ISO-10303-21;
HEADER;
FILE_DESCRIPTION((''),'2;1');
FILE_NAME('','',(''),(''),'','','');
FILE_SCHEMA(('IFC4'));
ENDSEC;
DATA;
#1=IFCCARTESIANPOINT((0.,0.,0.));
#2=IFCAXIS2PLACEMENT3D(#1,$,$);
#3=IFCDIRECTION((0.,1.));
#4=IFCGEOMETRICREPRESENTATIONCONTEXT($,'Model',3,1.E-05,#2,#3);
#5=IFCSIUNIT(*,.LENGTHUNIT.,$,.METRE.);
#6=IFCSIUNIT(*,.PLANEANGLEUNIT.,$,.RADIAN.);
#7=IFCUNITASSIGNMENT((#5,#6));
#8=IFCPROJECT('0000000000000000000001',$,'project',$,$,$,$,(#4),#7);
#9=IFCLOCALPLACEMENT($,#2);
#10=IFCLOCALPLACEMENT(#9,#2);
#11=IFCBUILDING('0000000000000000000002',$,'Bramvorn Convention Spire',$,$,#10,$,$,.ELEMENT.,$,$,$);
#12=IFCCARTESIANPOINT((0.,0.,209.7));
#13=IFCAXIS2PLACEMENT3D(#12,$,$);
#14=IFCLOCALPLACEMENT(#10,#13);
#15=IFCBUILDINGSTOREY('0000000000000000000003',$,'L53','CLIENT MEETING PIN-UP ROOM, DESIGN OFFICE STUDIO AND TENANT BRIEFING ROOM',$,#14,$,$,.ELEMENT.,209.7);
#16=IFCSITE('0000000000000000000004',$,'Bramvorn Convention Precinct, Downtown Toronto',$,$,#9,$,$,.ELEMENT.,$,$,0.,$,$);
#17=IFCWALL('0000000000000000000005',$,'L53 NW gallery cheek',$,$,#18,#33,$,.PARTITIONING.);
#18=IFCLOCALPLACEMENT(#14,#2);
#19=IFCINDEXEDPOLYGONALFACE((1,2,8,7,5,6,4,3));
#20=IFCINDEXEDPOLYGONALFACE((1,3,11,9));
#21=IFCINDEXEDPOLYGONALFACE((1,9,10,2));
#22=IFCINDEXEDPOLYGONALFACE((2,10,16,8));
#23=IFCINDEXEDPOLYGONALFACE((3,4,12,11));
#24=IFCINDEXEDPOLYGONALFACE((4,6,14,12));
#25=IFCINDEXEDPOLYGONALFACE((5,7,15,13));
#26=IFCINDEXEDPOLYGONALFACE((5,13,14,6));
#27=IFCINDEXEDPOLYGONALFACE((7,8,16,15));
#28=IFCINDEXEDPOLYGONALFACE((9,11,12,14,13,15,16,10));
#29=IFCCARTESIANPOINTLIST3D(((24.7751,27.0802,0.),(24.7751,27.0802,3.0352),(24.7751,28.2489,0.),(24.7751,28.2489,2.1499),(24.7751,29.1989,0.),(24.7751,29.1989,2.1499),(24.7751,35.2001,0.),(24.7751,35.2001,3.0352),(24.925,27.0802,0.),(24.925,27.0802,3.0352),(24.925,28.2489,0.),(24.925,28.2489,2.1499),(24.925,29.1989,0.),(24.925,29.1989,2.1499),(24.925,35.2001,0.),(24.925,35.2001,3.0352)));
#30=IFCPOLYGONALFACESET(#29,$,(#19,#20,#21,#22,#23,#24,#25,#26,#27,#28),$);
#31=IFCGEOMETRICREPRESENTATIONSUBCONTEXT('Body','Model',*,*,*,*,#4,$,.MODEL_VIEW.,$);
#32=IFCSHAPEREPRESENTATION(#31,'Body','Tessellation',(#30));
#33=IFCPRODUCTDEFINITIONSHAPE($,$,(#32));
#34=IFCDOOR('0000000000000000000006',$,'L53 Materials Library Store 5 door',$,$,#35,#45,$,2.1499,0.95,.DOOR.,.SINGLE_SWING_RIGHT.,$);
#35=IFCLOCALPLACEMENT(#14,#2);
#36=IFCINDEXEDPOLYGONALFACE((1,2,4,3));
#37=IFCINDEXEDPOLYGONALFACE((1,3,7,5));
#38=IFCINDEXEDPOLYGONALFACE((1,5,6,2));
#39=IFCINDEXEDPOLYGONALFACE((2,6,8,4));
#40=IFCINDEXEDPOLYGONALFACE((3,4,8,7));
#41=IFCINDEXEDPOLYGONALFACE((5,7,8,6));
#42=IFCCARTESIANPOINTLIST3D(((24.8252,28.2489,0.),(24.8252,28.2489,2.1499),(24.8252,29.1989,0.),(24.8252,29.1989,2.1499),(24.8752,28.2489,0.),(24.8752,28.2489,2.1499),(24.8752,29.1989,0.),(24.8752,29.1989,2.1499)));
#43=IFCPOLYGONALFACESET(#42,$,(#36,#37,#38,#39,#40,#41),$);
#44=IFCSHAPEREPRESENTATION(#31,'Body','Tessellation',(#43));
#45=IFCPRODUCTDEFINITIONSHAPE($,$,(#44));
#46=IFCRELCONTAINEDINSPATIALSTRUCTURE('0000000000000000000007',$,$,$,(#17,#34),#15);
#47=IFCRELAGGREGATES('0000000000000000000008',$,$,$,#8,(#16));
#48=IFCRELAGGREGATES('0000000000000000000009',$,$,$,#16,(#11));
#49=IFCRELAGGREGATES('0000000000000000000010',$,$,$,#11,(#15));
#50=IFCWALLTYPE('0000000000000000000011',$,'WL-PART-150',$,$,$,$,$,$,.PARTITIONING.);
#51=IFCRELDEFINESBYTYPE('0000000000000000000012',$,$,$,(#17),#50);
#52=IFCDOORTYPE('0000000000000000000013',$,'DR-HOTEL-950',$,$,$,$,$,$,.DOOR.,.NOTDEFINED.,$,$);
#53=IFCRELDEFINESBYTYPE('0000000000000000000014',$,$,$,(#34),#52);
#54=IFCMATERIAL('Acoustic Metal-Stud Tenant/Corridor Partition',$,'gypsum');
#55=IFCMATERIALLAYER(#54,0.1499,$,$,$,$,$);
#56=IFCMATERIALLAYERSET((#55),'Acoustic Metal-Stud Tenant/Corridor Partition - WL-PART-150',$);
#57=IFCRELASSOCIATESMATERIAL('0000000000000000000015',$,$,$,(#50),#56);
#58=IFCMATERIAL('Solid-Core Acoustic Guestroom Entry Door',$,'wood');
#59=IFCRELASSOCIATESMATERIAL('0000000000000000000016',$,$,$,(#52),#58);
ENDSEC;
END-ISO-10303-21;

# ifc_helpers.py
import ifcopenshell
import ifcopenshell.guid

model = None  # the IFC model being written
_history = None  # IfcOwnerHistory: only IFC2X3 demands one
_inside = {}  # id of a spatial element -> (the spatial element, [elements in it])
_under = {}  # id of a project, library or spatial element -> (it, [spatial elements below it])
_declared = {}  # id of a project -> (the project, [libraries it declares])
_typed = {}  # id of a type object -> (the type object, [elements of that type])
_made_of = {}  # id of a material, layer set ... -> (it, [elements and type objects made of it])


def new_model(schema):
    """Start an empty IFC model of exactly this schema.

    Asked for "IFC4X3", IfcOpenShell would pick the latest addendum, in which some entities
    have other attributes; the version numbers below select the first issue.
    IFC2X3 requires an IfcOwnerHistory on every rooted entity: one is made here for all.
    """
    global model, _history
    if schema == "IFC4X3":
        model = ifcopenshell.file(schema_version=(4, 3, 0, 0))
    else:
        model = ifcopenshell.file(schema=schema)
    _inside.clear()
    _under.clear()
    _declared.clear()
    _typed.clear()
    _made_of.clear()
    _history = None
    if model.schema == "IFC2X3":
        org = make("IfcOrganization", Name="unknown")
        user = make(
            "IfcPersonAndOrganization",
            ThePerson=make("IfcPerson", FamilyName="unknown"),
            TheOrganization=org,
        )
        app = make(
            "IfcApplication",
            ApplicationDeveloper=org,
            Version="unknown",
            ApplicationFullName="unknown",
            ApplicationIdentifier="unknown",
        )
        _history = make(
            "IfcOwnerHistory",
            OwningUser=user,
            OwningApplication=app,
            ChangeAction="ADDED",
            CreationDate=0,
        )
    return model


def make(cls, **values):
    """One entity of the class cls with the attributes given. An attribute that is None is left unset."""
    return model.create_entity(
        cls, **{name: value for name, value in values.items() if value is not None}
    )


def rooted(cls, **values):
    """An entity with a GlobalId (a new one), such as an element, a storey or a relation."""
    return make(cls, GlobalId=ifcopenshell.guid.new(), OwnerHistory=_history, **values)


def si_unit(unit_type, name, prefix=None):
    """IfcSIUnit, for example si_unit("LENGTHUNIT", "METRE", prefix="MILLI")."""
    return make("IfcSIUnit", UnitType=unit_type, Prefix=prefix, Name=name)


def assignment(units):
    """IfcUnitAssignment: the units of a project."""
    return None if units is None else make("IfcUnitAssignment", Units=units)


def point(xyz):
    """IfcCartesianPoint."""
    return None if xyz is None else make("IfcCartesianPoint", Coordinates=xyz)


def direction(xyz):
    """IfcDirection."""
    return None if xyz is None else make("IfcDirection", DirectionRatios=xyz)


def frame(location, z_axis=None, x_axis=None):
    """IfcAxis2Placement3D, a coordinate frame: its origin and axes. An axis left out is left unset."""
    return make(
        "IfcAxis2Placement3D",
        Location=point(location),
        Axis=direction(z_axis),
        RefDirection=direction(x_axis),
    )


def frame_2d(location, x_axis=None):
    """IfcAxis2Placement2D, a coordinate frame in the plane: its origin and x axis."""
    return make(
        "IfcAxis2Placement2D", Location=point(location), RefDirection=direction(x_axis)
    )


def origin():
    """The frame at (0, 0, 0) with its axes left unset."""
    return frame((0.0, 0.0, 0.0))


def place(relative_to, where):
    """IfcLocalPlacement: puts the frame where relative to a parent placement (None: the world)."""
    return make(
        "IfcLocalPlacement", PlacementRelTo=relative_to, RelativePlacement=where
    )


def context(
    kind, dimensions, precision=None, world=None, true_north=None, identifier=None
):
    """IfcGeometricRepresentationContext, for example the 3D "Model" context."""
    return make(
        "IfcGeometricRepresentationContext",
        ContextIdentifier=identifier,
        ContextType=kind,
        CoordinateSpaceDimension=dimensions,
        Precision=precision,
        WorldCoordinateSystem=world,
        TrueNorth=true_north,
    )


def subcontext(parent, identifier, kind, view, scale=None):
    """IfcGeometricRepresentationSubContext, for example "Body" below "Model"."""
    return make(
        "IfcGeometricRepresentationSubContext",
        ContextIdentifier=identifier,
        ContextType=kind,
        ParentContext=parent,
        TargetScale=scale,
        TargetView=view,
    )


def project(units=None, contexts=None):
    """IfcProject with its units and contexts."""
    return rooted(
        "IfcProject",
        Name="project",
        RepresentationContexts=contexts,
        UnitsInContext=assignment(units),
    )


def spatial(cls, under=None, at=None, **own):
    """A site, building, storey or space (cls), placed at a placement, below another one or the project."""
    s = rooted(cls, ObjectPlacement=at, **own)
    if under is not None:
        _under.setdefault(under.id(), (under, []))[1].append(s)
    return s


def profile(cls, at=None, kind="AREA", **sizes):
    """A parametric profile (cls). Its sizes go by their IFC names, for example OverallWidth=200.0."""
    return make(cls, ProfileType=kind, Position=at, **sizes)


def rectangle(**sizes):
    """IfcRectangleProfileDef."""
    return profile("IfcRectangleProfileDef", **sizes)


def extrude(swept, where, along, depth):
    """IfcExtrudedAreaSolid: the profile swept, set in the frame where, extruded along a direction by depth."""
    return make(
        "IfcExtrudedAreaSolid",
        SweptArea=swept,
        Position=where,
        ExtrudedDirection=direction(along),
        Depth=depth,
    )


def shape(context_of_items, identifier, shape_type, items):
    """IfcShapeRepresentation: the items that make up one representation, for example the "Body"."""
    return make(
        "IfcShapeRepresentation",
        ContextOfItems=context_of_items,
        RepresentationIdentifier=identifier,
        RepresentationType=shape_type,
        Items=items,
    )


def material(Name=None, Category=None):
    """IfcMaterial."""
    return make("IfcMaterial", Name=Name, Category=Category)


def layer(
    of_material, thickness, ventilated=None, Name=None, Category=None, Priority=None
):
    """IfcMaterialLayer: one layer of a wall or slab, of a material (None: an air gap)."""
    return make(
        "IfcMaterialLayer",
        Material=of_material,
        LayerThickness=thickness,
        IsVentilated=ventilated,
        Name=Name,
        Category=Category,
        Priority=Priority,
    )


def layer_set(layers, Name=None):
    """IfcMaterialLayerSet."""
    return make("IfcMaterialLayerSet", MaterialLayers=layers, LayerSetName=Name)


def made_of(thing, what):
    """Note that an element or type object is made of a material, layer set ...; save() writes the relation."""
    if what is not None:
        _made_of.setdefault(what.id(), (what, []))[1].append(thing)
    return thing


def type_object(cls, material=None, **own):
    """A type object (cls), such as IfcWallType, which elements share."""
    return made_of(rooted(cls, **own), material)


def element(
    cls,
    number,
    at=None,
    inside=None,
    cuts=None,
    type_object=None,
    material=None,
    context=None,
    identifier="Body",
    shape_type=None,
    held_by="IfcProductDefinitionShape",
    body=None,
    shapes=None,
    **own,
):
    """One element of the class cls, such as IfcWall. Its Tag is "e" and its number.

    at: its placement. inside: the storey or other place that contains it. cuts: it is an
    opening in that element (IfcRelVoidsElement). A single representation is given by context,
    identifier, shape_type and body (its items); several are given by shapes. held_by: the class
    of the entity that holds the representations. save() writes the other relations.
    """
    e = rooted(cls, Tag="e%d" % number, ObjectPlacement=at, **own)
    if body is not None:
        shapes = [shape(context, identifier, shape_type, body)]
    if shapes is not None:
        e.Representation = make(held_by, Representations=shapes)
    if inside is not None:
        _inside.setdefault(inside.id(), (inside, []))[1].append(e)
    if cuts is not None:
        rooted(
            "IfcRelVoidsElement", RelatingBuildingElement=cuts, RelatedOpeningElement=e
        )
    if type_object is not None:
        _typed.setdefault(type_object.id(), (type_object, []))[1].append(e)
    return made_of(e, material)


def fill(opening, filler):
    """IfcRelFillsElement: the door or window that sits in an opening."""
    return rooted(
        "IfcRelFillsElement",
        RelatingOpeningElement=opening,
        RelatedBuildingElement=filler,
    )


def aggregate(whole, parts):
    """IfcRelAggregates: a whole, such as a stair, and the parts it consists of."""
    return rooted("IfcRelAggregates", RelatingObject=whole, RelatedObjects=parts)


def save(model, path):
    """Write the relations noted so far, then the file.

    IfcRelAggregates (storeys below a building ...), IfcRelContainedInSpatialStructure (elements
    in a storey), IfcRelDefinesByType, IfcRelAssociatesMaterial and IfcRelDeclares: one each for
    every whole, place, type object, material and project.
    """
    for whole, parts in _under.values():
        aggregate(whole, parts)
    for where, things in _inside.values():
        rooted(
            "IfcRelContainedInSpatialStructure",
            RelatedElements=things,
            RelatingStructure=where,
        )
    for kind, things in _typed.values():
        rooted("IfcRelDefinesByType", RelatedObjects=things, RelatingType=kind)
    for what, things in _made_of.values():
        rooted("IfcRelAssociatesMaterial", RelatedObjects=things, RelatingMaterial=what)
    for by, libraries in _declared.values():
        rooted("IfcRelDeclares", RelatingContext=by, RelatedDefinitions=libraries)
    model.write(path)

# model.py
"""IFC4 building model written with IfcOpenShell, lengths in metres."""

from ifc_helpers import new_model, si_unit, direction, frame, frame_2d, origin, place, context, subcontext, project, spatial, rectangle, extrude, material, layer, layer_set, type_object, element, fill, save


model = new_model("IFC4")

# Units and contexts
model_context = context("Model", 3, precision=1e-05, world=origin(), true_north=direction((0.0, 1.0)))
body_context = subcontext(model_context, "Body", "Model", "MODEL_VIEW")
ifc_project = project(units=[si_unit("LENGTHUNIT", "METRE"), si_unit("PLANEANGLEUNIT", "RADIAN")], contexts=[model_context])

# Site, building, storey
site_placement = place(None, origin())
site = spatial("IfcSite", under=ifc_project, at=site_placement, Name="Bramvorn Convention Precinct, Downtown Toronto", CompositionType="ELEMENT", RefElevation=0.0)
building_placement = place(site_placement, origin())
building = spatial("IfcBuilding", under=site, at=building_placement, Name="Bramvorn Convention Spire", CompositionType="ELEMENT")
storey_placement = place(building_placement, frame((0.0, 0.0, 209.7)))
storey = spatial("IfcBuildingStorey", under=building, at=storey_placement, Name="L53", Description="CLIENT MEETING PIN-UP ROOM, DESIGN OFFICE STUDIO AND TENANT BRIEFING ROOM", CompositionType="ELEMENT", Elevation=209.7)

# Shared definitions
ifc_material_1 = material(Name="Acoustic Metal-Stud Tenant/Corridor Partition", Category="gypsum")
ifc_layer_1 = layer(ifc_material_1, 0.1499)
ifc_layer_set_1 = layer_set([ifc_layer_1], Name="Acoustic Metal-Stud Tenant/Corridor Partition - WL-PART-150")
wall_type_1 = type_object("IfcWallType", Name="WL-PART-150", PredefinedType="PARTITIONING", material=ifc_layer_set_1)
ifc_material_2 = material(Name="Solid-Core Acoustic Guestroom Entry Door", Category="wood")
door_type_1 = type_object("IfcDoorType", Name="DR-HOTEL-950", OperationType="NOTDEFINED", PredefinedType="DOOR", material=ifc_material_2)

# Wall, opening, door
wall_1_placement = place(storey_placement, frame((24.8501, 27.0801, 0.0), z_axis=(0.0, 0.0, 1.0), x_axis=(0.0, 1.0, 0.0)))
wall_1 = element("IfcWall", 1, at=wall_1_placement, inside=storey, type_object=wall_type_1, Name="L53 NW gallery cheek", PredefinedType="PARTITIONING", context=body_context, shape_type="SweptSolid", body=[
    extrude(rectangle(XDim=8.1199, YDim=0.1499, at=frame_2d((4.0601, 0.0))), origin(), (0.0, 0.0, 1.0), 3.0352),
])
opening_1_placement = place(wall_1_placement, frame((1.1687, 0.0, 0.0)))
opening_1 = element("IfcOpeningElement", 2, at=opening_1_placement, cuts=wall_1, PredefinedType="OPENING", context=body_context, shape_type="SweptSolid", body=[
    extrude(rectangle(XDim=0.95, YDim=2.1499, at=frame_2d((0.4751, 1.075))), frame((0.0, 0.085, 0.0), z_axis=(0.0, -1.0, 0.0), x_axis=(1.0, 0.0, 0.0)), (0.0, 0.0, 1.0), 0.1699),
])
door_1_placement = place(opening_1_placement, origin())
door_1 = element("IfcDoor", 3, at=door_1_placement, inside=storey, type_object=door_type_1, Name="L53 Materials Library Store 5 door", OperationType="SINGLE_SWING_RIGHT", OverallHeight=2.1499, OverallWidth=0.95, PredefinedType="DOOR", context=body_context, shape_type="SweptSolid", body=[
    extrude(rectangle(XDim=0.95, YDim=2.1499, at=frame_2d((0.4751, 1.075))), frame((0.0, 0.0249, 0.0), z_axis=(0.0, -1.0, 0.0), x_axis=(1.0, 0.0, 0.0)), (0.0, 0.0, 1.0), 0.05),
])
fill(opening_1, door_1)

save(model, "model.ifc")
